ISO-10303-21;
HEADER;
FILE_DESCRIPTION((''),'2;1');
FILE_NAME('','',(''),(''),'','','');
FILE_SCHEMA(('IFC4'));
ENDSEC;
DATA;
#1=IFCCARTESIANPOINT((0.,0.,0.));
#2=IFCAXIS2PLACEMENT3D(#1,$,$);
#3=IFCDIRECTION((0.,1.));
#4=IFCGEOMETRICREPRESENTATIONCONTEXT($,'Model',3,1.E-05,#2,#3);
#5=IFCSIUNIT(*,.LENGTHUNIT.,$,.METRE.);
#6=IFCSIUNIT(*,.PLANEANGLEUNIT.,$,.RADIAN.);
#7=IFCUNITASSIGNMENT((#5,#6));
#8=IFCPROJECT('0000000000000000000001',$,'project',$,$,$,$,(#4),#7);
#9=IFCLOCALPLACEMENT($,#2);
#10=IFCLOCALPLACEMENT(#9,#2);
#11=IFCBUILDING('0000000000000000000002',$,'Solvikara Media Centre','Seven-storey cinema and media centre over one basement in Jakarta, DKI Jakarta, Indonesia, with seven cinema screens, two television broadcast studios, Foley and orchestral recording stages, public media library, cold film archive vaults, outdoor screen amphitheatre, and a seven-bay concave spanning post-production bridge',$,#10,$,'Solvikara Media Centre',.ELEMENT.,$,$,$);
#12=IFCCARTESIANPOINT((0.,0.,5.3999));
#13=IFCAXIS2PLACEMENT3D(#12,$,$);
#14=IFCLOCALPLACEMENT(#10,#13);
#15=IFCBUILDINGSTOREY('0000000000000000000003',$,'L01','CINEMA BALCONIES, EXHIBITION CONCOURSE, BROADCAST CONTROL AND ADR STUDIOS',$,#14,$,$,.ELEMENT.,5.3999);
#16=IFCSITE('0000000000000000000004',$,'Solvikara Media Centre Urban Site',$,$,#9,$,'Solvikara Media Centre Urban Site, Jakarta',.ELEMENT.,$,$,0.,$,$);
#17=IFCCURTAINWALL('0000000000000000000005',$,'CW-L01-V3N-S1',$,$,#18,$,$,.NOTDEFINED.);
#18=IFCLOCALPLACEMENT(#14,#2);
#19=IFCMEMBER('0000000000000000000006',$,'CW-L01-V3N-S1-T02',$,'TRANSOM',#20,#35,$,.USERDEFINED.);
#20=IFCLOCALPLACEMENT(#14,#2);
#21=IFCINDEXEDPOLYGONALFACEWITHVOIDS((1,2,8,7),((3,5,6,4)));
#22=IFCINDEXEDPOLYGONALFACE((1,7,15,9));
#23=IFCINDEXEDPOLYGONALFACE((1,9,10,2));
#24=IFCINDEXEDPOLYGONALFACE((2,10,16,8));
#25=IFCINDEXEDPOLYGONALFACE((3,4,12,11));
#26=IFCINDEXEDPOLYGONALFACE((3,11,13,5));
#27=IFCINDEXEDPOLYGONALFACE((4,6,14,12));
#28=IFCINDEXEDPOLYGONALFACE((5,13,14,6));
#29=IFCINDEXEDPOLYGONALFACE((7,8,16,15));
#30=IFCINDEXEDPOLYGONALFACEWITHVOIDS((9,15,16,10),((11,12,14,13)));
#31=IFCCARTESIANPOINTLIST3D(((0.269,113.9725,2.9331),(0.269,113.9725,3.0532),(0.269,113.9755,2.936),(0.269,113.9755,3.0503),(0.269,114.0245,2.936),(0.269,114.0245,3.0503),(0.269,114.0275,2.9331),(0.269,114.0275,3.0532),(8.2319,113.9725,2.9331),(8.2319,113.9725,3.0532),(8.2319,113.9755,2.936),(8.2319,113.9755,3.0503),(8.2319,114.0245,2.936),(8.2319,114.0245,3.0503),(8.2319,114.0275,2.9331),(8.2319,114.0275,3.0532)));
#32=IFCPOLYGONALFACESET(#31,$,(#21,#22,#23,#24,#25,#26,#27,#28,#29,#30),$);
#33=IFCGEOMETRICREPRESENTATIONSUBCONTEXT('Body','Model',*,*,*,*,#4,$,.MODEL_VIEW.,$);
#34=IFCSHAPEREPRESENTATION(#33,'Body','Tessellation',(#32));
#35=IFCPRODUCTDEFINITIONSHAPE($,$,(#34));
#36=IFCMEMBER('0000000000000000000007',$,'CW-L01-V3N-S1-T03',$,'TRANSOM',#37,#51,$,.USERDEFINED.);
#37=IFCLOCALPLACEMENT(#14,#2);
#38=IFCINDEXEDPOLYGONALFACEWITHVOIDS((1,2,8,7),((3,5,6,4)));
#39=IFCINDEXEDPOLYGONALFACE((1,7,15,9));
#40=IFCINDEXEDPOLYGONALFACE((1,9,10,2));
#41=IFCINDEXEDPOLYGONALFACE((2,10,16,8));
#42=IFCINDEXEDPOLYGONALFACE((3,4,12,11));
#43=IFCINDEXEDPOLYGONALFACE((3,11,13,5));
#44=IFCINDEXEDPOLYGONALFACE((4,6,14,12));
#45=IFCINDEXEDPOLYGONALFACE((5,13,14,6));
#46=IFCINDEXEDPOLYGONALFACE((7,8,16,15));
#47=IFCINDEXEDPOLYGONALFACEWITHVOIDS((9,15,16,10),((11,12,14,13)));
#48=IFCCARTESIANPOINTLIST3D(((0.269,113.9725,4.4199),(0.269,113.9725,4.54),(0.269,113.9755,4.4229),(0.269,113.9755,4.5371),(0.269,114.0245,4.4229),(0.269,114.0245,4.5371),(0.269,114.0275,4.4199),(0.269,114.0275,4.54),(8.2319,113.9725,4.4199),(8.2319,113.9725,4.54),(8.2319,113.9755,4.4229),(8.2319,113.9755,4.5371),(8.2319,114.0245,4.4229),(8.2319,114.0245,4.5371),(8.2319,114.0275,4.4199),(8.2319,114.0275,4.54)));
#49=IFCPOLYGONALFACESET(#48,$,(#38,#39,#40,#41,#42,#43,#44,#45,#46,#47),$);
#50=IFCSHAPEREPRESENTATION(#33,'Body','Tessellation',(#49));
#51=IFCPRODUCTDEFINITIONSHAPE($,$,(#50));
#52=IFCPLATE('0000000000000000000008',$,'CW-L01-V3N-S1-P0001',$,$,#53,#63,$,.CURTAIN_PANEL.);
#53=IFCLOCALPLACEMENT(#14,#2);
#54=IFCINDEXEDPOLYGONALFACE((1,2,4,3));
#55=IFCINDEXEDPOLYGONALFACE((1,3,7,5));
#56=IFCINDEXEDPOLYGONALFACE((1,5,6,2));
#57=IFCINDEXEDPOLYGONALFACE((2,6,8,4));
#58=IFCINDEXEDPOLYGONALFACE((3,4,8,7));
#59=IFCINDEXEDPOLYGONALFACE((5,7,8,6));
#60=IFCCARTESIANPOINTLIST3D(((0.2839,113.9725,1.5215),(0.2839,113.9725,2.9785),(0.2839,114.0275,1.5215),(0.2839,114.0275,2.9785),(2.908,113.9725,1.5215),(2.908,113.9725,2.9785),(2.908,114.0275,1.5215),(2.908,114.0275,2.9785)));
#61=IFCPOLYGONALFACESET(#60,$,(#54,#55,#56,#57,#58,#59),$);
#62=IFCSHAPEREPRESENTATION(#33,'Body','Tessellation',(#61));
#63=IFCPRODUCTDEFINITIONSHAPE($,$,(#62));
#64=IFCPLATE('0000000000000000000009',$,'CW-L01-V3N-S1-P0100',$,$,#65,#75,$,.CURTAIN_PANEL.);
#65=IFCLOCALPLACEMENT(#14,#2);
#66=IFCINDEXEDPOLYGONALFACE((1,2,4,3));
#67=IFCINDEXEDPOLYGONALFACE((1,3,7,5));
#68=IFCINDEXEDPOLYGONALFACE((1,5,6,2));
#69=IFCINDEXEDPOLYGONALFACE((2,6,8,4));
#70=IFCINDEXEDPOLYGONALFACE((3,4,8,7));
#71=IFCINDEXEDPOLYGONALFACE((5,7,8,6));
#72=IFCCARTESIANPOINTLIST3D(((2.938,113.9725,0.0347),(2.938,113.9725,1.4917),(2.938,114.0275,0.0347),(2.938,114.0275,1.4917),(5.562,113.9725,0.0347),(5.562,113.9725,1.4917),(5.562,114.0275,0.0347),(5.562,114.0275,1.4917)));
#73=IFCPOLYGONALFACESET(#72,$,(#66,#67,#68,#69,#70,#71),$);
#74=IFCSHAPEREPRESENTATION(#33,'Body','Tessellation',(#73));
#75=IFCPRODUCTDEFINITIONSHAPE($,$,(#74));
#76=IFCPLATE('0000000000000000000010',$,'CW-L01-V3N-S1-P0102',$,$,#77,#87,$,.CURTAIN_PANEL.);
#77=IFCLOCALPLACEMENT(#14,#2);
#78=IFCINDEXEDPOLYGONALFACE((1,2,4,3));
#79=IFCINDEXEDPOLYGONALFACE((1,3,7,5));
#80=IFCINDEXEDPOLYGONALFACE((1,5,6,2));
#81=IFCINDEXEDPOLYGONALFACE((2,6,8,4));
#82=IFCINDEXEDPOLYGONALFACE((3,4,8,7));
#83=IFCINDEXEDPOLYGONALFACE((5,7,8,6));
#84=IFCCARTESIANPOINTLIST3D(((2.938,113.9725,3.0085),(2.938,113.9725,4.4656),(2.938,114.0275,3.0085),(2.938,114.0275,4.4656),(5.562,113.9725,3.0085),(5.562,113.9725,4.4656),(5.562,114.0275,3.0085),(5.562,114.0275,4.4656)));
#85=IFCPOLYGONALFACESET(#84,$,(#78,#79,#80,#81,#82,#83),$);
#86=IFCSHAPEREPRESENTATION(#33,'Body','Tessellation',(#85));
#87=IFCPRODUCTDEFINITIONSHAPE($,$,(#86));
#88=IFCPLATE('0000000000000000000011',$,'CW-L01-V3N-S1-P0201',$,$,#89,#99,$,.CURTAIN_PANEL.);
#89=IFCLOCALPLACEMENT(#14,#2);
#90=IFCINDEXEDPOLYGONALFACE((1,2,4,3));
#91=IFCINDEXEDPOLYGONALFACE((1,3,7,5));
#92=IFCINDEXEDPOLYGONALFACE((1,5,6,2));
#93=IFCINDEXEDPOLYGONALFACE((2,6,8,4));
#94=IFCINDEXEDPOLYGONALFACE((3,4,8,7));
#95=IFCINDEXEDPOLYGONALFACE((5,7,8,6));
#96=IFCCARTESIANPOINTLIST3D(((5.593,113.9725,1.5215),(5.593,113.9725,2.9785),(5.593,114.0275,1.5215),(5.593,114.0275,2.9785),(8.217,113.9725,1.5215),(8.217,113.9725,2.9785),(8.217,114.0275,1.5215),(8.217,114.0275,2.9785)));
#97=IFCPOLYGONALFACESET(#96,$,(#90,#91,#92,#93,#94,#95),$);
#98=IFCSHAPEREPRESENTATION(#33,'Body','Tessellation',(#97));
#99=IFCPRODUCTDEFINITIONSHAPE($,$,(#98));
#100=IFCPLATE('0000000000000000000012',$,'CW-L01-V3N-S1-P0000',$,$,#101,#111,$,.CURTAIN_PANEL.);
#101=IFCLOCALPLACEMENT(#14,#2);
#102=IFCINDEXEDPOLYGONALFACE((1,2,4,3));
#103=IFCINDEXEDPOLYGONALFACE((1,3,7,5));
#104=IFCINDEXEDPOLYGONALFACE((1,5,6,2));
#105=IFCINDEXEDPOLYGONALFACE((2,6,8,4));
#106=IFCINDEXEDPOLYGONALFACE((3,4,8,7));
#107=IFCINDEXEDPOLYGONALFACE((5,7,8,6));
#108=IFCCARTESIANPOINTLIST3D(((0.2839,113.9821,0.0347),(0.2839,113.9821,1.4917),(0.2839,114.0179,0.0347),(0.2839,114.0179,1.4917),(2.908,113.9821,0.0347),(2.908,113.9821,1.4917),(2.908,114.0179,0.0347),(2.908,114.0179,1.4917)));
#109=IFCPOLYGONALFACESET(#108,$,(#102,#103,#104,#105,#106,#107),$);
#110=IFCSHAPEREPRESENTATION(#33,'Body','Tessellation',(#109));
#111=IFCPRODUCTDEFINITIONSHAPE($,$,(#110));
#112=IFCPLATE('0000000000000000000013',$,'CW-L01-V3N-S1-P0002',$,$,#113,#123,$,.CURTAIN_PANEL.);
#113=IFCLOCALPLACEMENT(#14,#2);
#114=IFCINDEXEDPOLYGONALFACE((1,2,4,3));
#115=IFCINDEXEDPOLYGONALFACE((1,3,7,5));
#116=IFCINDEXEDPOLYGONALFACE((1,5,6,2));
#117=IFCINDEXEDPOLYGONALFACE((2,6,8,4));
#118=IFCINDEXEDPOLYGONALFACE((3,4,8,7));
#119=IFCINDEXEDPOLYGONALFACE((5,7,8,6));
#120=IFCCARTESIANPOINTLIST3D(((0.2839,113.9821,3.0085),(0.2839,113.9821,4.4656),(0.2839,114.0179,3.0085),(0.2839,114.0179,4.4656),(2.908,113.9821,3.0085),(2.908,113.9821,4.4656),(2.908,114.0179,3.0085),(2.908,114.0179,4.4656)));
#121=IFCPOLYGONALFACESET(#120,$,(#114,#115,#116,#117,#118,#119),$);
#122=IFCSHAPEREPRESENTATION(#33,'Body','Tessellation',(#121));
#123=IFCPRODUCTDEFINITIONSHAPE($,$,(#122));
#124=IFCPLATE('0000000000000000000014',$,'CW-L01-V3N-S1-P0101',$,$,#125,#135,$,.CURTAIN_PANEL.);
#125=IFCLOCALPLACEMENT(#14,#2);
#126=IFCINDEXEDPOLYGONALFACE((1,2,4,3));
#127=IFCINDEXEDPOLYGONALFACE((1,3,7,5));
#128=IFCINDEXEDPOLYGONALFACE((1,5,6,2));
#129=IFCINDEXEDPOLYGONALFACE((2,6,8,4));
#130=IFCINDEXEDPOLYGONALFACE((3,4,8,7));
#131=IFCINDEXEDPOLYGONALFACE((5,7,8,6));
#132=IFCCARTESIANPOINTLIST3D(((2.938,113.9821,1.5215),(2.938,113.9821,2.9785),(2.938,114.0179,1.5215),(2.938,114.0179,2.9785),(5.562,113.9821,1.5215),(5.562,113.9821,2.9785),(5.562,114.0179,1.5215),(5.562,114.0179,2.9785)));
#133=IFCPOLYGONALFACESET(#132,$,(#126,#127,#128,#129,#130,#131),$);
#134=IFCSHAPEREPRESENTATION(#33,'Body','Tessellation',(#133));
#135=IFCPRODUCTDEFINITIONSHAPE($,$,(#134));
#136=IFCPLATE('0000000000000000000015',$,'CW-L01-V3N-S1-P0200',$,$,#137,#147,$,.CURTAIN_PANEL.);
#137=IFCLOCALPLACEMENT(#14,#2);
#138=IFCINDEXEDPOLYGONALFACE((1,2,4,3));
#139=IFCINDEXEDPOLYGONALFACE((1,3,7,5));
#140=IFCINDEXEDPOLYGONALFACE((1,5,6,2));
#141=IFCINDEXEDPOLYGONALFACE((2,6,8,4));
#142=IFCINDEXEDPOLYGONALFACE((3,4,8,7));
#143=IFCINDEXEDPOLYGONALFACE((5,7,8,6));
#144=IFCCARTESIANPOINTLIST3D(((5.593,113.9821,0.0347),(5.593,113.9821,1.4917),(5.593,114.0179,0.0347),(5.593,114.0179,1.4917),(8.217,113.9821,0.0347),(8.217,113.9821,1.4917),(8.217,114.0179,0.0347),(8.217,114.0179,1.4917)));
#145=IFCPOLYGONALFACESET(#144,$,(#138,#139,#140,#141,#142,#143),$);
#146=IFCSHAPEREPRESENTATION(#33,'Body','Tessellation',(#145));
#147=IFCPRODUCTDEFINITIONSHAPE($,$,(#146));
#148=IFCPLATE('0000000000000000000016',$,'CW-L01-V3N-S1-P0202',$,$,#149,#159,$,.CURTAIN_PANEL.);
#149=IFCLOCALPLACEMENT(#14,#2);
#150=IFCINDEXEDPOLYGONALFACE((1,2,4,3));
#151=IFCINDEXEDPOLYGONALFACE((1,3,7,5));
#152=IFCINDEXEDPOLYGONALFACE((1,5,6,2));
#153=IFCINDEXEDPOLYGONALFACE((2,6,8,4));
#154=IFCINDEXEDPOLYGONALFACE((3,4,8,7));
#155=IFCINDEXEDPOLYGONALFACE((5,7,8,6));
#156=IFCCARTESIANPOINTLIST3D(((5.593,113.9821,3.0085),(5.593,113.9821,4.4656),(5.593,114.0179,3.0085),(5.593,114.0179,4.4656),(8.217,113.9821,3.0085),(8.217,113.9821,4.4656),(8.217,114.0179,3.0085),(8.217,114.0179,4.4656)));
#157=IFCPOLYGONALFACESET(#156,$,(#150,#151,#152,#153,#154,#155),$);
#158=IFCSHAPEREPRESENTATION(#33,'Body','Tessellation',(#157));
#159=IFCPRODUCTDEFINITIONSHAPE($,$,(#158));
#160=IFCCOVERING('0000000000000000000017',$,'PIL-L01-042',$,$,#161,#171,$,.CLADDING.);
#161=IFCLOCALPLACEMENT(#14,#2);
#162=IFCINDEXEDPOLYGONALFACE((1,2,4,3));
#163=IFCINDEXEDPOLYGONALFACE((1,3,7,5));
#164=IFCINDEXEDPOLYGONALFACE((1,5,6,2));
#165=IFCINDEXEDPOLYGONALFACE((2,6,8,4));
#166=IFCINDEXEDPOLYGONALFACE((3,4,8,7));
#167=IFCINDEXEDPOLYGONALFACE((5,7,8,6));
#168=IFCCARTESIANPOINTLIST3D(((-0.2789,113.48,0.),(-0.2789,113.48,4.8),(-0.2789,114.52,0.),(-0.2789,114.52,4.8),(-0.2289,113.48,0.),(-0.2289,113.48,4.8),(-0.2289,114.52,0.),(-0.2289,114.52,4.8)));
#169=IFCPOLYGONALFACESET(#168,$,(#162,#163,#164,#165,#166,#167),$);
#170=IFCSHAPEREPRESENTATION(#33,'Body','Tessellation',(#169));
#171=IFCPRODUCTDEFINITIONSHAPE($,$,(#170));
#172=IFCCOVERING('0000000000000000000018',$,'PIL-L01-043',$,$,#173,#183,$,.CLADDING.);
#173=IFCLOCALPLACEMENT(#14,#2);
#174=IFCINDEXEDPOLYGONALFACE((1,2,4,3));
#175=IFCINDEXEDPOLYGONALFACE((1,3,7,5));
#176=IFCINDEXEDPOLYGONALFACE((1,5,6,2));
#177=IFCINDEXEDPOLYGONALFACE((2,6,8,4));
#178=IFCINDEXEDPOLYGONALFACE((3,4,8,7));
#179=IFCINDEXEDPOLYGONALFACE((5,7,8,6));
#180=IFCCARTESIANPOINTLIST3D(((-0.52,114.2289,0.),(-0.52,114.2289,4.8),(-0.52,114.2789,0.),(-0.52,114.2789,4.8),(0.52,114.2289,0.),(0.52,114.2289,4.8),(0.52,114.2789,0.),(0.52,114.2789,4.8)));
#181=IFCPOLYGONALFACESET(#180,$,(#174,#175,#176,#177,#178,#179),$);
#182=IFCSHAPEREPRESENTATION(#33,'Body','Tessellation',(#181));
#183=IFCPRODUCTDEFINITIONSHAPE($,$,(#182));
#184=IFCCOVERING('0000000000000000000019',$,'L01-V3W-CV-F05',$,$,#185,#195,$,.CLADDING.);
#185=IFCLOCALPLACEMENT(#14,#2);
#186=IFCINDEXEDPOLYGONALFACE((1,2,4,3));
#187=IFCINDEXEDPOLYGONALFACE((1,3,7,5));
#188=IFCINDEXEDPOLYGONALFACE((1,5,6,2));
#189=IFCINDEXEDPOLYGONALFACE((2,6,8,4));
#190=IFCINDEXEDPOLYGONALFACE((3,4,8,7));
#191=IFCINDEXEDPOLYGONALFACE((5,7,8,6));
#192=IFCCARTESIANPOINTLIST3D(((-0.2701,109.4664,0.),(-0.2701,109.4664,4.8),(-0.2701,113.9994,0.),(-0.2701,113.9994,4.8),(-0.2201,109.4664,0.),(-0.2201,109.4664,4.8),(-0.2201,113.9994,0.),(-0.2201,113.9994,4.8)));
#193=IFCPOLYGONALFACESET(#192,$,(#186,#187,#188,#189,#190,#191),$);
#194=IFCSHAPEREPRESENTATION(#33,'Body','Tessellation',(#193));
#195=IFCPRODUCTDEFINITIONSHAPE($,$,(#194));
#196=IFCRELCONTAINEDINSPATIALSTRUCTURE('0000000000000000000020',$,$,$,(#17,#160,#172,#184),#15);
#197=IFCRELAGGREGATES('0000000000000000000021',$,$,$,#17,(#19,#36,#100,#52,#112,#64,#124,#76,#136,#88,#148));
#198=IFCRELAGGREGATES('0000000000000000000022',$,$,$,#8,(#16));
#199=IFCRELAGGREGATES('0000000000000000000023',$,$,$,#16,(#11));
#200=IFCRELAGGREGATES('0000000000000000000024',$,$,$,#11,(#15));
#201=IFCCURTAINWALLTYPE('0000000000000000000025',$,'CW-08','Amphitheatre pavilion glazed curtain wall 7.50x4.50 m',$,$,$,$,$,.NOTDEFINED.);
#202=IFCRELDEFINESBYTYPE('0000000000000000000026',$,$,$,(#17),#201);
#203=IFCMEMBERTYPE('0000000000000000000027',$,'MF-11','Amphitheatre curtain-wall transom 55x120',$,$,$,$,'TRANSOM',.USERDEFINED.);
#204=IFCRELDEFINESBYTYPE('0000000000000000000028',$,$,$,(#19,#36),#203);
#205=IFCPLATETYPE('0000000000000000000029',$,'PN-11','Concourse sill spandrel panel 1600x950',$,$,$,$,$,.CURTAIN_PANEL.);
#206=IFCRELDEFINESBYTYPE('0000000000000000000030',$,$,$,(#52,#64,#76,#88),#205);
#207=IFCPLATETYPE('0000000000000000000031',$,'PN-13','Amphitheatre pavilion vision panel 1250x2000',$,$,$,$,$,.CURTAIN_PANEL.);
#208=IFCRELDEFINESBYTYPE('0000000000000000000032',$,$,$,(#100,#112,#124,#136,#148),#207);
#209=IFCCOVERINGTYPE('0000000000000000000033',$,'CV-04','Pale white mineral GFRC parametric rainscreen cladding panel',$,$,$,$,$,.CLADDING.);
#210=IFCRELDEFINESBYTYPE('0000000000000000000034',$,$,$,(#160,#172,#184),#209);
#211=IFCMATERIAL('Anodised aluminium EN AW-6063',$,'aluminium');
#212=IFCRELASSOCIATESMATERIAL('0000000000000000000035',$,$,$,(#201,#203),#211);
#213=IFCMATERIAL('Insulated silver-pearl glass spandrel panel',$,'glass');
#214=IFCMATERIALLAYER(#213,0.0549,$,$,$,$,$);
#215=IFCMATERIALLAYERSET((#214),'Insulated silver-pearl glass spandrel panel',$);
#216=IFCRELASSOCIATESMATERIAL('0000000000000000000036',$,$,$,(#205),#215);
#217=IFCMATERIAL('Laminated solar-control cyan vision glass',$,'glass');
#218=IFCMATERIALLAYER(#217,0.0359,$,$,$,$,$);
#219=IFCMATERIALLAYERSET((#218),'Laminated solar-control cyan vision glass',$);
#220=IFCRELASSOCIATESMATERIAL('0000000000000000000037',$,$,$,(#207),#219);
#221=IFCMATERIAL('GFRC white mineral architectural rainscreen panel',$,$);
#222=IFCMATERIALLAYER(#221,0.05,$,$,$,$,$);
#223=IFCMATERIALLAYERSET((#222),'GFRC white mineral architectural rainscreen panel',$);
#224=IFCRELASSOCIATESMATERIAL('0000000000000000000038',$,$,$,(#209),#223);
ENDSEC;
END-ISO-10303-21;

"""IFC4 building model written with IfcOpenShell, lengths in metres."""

from ifc_helpers import new_model, si_unit, direction, frame, origin, origin_2d, place, context, subcontext, project, spatial, rectangle, hollow_rectangle, extrude, material, layer, layer_set, material_profile, profile_set, type_object, element, aggregate, save


model = new_model("IFC4")

# Units and contexts
model_context = context("Model", 3, precision=1e-05, world=origin(), true_north=direction((0.0, 1.0)))
body_context = subcontext(model_context, "Body", "Model", "MODEL_VIEW")
ifc_project = project(units=[si_unit("LENGTHUNIT", "METRE"), si_unit("PLANEANGLEUNIT", "RADIAN")], contexts=[model_context])

# Site, building, storey
site_placement = place(None, origin())
site = spatial("IfcSite", under=ifc_project, at=site_placement, Name="Solvikara Media Centre Urban Site", LongName="Solvikara Media Centre Urban Site, Jakarta", CompositionType="ELEMENT", RefElevation=0.0)
building_placement = place(site_placement, origin())
building = spatial("IfcBuilding", under=site, at=building_placement, Name="Solvikara Media Centre", Description="Seven-storey cinema and media centre over one basement in Jakarta, DKI Jakarta, Indonesia, with seven cinema screens, two television broadcast studios, Foley and orchestral recording stages, public media library, cold film archive vaults, outdoor screen amphitheatre, and a seven-bay concave spanning post-production bridge", LongName="Solvikara Media Centre", CompositionType="ELEMENT")
storey_placement = place(building_placement, frame((0.0, 0.0, 5.3999)))
storey = spatial("IfcBuildingStorey", under=building, at=storey_placement, Name="L01", Description="CINEMA BALCONIES, EXHIBITION CONCOURSE, BROADCAST CONTROL AND ADR STUDIOS", CompositionType="ELEMENT", Elevation=5.3999)

# Curtain wall, members, plates
ifc_material_1 = material(Name="Anodised aluminium EN AW-6063", Category="aluminium")
curtain_wall_type = type_object("IfcCurtainWallType", Name="CW-08", Description="Amphitheatre pavilion glazed curtain wall 7.50x4.50 m", PredefinedType="NOTDEFINED", material=ifc_material_1)
curtain_wall_placement = place(storey_placement, origin())
curtain_wall = element("IfcCurtainWall", 1, at=curtain_wall_placement, inside=storey, type_object=curtain_wall_type, Name="CW-L01-V3N-S1", PredefinedType="NOTDEFINED")
ifc_material_profile_1 = material_profile(ifc_material_1, hollow_rectangle(XDim=0.0549, YDim=0.1201, WallThickness=0.0029, at=origin_2d()), Name="ALU-T 55x120x3")
ifc_profile_set_1 = profile_set([ifc_material_profile_1], Name="Anodised aluminium EN AW-6063")
member_type_1 = type_object("IfcMemberType", Name="MF-11", Description="Amphitheatre curtain-wall transom 55x120", ElementType="TRANSOM", PredefinedType="USERDEFINED", material=ifc_profile_set_1)
member_1_placement = place(storey_placement, frame((0.269, 114.0, 2.9932), z_axis=(1.0, 0.0, 0.0), x_axis=(0.0, 1.0, 0.0)))
member_1 = element("IfcMember", 2, at=member_1_placement, type_object=member_type_1, Name="CW-L01-V3N-S1-T02", ObjectType="TRANSOM", PredefinedType="USERDEFINED", context=body_context, shape_type="SweptSolid", body=[
    extrude(hollow_rectangle(XDim=0.0549, YDim=0.1201, WallThickness=0.0029, at=origin_2d()), origin(), (0.0, 0.0, 1.0), 7.9629),
])
member_2_placement = place(storey_placement, frame((0.269, 114.0, 4.48), z_axis=(1.0, 0.0, 0.0), x_axis=(0.0, 1.0, 0.0)))
member_2 = element("IfcMember", 3, at=member_2_placement, type_object=member_type_1, Name="CW-L01-V3N-S1-T03", ObjectType="TRANSOM", PredefinedType="USERDEFINED", context=body_context, shape_type="SweptSolid", body=[
    extrude(hollow_rectangle(XDim=0.0549, YDim=0.1201, WallThickness=0.0029, at=origin_2d()), origin(), (0.0, 0.0, 1.0), 7.9629),
])
ifc_material_2 = material(Name="Insulated silver-pearl glass spandrel panel", Category="glass")
ifc_layer_1 = layer(ifc_material_2, 0.0549)
ifc_layer_set_1 = layer_set([ifc_layer_1], Name="Insulated silver-pearl glass spandrel panel")
plate_type_1 = type_object("IfcPlateType", Name="PN-11", Description="Concourse sill spandrel panel 1600x950", PredefinedType="CURTAIN_PANEL", material=ifc_layer_set_1)
plate_1_placement = place(storey_placement, frame((1.5959, 114.0, 1.5215), z_axis=(0.0, 0.0, 1.0), x_axis=(1.0, 0.0, 0.0)))
plate_1 = element("IfcPlate", 4, at=plate_1_placement, type_object=plate_type_1, Name="CW-L01-V3N-S1-P0001", PredefinedType="CURTAIN_PANEL", context=body_context, shape_type="SweptSolid", body=[
    extrude(rectangle(XDim=2.624, YDim=0.0549, at=origin_2d()), origin(), (0.0, 0.0, 1.0), 1.457),
])
plate_2_placement = place(storey_placement, frame((4.25, 114.0, 0.0347), z_axis=(0.0, 0.0, 1.0), x_axis=(1.0, 0.0, 0.0)))
plate_2 = element("IfcPlate", 5, at=plate_2_placement, type_object=plate_type_1, Name="CW-L01-V3N-S1-P0100", PredefinedType="CURTAIN_PANEL", context=body_context, shape_type="SweptSolid", body=[
    extrude(rectangle(XDim=2.624, YDim=0.0549, at=origin_2d()), origin(), (0.0, 0.0, 1.0), 1.457),
])
plate_3_placement = place(storey_placement, frame((4.25, 114.0, 3.0085), z_axis=(0.0, 0.0, 1.0), x_axis=(1.0, 0.0, 0.0)))
plate_3 = element("IfcPlate", 6, at=plate_3_placement, type_object=plate_type_1, Name="CW-L01-V3N-S1-P0102", PredefinedType="CURTAIN_PANEL", context=body_context, shape_type="SweptSolid", body=[
    extrude(rectangle(XDim=2.624, YDim=0.0549, at=origin_2d()), origin(), (0.0, 0.0, 1.0), 1.457),
])
plate_4_placement = place(storey_placement, frame((6.905, 114.0, 1.5215), z_axis=(0.0, 0.0, 1.0), x_axis=(1.0, 0.0, 0.0)))
plate_4 = element("IfcPlate", 7, at=plate_4_placement, type_object=plate_type_1, Name="CW-L01-V3N-S1-P0201", PredefinedType="CURTAIN_PANEL", context=body_context, shape_type="SweptSolid", body=[
    extrude(rectangle(XDim=2.624, YDim=0.0549, at=origin_2d()), origin(), (0.0, 0.0, 1.0), 1.457),
])
ifc_material_3 = material(Name="Laminated solar-control cyan vision glass", Category="glass")
ifc_layer_2 = layer(ifc_material_3, 0.0359)
ifc_layer_set_2 = layer_set([ifc_layer_2], Name="Laminated solar-control cyan vision glass")
plate_type_2 = type_object("IfcPlateType", Name="PN-13", Description="Amphitheatre pavilion vision panel 1250x2000", PredefinedType="CURTAIN_PANEL", material=ifc_layer_set_2)
plate_5_placement = place(storey_placement, frame((1.5959, 114.0, 0.0347), z_axis=(0.0, 0.0, 1.0), x_axis=(1.0, 0.0, 0.0)))
plate_5 = element("IfcPlate", 8, at=plate_5_placement, type_object=plate_type_2, Name="CW-L01-V3N-S1-P0000", PredefinedType="CURTAIN_PANEL", context=body_context, shape_type="SweptSolid", body=[
    extrude(rectangle(XDim=2.624, YDim=0.0359, at=origin_2d()), origin(), (0.0, 0.0, 1.0), 1.457),
])
plate_6_placement = place(storey_placement, frame((1.5959, 114.0, 3.0085), z_axis=(0.0, 0.0, 1.0), x_axis=(1.0, 0.0, 0.0)))
plate_6 = element("IfcPlate", 9, at=plate_6_placement, type_object=plate_type_2, Name="CW-L01-V3N-S1-P0002", PredefinedType="CURTAIN_PANEL", context=body_context, shape_type="SweptSolid", body=[
    extrude(rectangle(XDim=2.624, YDim=0.0359, at=origin_2d()), origin(), (0.0, 0.0, 1.0), 1.457),
])
plate_7_placement = place(storey_placement, frame((4.25, 114.0, 1.5215), z_axis=(0.0, 0.0, 1.0), x_axis=(1.0, 0.0, 0.0)))
plate_7 = element("IfcPlate", 10, at=plate_7_placement, type_object=plate_type_2, Name="CW-L01-V3N-S1-P0101", PredefinedType="CURTAIN_PANEL", context=body_context, shape_type="SweptSolid", body=[
    extrude(rectangle(XDim=2.624, YDim=0.0359, at=origin_2d()), origin(), (0.0, 0.0, 1.0), 1.457),
])
plate_8_placement = place(storey_placement, frame((6.905, 114.0, 0.0347), z_axis=(0.0, 0.0, 1.0), x_axis=(1.0, 0.0, 0.0)))
plate_8 = element("IfcPlate", 11, at=plate_8_placement, type_object=plate_type_2, Name="CW-L01-V3N-S1-P0200", PredefinedType="CURTAIN_PANEL", context=body_context, shape_type="SweptSolid", body=[
    extrude(rectangle(XDim=2.624, YDim=0.0359, at=origin_2d()), origin(), (0.0, 0.0, 1.0), 1.457),
])
plate_9_placement = place(storey_placement, frame((6.905, 114.0, 3.0085), z_axis=(0.0, 0.0, 1.0), x_axis=(1.0, 0.0, 0.0)))
plate_9 = element("IfcPlate", 12, at=plate_9_placement, type_object=plate_type_2, Name="CW-L01-V3N-S1-P0202", PredefinedType="CURTAIN_PANEL", context=body_context, shape_type="SweptSolid", body=[
    extrude(rectangle(XDim=2.624, YDim=0.0359, at=origin_2d()), origin(), (0.0, 0.0, 1.0), 1.457),
])
aggregate(curtain_wall, [member_1, member_2, plate_5, plate_1, plate_6, plate_2, plate_7, plate_3, plate_8, plate_4, plate_9])

# Coverings
ifc_material_4 = material(Name="GFRC white mineral architectural rainscreen panel")
ifc_layer_3 = layer(ifc_material_4, 0.05)
ifc_layer_set_3 = layer_set([ifc_layer_3], Name="GFRC white mineral architectural rainscreen panel")
covering_type = type_object("IfcCoveringType", Name="CV-04", Description="Pale white mineral GFRC parametric rainscreen cladding panel", PredefinedType="CLADDING", material=ifc_layer_set_3)
for number, where, z_axis, x_axis, name in (
    (13, (-0.2539, 114.0, 0.0), (0.0, 0.0, 1.0), (0.0, -1.0, 0.0), "PIL-L01-042"),
    (14, (0.0, 114.2539, 0.0), (0.0, 0.0, 1.0), (-1.0, 0.0, 0.0), "PIL-L01-043"),
):
    element("IfcCovering", number, at=place(storey_placement, frame(where, z_axis=z_axis, x_axis=x_axis)), inside=storey, type_object=covering_type, Name=name, PredefinedType="CLADDING", context=body_context, shape_type="SweptSolid", body=[
        extrude(rectangle(XDim=1.04, YDim=0.05, at=origin_2d()), origin(), (0.0, 0.0, 1.0), 4.8),
    ])
covering_1_placement = place(storey_placement, frame((-0.2451, 111.7329, 0.0), z_axis=(0.0, 0.0, 1.0), x_axis=(0.0, 1.0, 0.0)))
element("IfcCovering", 15, at=covering_1_placement, inside=storey, type_object=covering_type, Name="L01-V3W-CV-F05", PredefinedType="CLADDING", context=body_context, shape_type="SweptSolid", body=[
    extrude(rectangle(XDim=4.533, YDim=0.05, at=origin_2d()), origin(), (0.0, 0.0, 1.0), 4.8),
])

save(model, "model.ifc")
